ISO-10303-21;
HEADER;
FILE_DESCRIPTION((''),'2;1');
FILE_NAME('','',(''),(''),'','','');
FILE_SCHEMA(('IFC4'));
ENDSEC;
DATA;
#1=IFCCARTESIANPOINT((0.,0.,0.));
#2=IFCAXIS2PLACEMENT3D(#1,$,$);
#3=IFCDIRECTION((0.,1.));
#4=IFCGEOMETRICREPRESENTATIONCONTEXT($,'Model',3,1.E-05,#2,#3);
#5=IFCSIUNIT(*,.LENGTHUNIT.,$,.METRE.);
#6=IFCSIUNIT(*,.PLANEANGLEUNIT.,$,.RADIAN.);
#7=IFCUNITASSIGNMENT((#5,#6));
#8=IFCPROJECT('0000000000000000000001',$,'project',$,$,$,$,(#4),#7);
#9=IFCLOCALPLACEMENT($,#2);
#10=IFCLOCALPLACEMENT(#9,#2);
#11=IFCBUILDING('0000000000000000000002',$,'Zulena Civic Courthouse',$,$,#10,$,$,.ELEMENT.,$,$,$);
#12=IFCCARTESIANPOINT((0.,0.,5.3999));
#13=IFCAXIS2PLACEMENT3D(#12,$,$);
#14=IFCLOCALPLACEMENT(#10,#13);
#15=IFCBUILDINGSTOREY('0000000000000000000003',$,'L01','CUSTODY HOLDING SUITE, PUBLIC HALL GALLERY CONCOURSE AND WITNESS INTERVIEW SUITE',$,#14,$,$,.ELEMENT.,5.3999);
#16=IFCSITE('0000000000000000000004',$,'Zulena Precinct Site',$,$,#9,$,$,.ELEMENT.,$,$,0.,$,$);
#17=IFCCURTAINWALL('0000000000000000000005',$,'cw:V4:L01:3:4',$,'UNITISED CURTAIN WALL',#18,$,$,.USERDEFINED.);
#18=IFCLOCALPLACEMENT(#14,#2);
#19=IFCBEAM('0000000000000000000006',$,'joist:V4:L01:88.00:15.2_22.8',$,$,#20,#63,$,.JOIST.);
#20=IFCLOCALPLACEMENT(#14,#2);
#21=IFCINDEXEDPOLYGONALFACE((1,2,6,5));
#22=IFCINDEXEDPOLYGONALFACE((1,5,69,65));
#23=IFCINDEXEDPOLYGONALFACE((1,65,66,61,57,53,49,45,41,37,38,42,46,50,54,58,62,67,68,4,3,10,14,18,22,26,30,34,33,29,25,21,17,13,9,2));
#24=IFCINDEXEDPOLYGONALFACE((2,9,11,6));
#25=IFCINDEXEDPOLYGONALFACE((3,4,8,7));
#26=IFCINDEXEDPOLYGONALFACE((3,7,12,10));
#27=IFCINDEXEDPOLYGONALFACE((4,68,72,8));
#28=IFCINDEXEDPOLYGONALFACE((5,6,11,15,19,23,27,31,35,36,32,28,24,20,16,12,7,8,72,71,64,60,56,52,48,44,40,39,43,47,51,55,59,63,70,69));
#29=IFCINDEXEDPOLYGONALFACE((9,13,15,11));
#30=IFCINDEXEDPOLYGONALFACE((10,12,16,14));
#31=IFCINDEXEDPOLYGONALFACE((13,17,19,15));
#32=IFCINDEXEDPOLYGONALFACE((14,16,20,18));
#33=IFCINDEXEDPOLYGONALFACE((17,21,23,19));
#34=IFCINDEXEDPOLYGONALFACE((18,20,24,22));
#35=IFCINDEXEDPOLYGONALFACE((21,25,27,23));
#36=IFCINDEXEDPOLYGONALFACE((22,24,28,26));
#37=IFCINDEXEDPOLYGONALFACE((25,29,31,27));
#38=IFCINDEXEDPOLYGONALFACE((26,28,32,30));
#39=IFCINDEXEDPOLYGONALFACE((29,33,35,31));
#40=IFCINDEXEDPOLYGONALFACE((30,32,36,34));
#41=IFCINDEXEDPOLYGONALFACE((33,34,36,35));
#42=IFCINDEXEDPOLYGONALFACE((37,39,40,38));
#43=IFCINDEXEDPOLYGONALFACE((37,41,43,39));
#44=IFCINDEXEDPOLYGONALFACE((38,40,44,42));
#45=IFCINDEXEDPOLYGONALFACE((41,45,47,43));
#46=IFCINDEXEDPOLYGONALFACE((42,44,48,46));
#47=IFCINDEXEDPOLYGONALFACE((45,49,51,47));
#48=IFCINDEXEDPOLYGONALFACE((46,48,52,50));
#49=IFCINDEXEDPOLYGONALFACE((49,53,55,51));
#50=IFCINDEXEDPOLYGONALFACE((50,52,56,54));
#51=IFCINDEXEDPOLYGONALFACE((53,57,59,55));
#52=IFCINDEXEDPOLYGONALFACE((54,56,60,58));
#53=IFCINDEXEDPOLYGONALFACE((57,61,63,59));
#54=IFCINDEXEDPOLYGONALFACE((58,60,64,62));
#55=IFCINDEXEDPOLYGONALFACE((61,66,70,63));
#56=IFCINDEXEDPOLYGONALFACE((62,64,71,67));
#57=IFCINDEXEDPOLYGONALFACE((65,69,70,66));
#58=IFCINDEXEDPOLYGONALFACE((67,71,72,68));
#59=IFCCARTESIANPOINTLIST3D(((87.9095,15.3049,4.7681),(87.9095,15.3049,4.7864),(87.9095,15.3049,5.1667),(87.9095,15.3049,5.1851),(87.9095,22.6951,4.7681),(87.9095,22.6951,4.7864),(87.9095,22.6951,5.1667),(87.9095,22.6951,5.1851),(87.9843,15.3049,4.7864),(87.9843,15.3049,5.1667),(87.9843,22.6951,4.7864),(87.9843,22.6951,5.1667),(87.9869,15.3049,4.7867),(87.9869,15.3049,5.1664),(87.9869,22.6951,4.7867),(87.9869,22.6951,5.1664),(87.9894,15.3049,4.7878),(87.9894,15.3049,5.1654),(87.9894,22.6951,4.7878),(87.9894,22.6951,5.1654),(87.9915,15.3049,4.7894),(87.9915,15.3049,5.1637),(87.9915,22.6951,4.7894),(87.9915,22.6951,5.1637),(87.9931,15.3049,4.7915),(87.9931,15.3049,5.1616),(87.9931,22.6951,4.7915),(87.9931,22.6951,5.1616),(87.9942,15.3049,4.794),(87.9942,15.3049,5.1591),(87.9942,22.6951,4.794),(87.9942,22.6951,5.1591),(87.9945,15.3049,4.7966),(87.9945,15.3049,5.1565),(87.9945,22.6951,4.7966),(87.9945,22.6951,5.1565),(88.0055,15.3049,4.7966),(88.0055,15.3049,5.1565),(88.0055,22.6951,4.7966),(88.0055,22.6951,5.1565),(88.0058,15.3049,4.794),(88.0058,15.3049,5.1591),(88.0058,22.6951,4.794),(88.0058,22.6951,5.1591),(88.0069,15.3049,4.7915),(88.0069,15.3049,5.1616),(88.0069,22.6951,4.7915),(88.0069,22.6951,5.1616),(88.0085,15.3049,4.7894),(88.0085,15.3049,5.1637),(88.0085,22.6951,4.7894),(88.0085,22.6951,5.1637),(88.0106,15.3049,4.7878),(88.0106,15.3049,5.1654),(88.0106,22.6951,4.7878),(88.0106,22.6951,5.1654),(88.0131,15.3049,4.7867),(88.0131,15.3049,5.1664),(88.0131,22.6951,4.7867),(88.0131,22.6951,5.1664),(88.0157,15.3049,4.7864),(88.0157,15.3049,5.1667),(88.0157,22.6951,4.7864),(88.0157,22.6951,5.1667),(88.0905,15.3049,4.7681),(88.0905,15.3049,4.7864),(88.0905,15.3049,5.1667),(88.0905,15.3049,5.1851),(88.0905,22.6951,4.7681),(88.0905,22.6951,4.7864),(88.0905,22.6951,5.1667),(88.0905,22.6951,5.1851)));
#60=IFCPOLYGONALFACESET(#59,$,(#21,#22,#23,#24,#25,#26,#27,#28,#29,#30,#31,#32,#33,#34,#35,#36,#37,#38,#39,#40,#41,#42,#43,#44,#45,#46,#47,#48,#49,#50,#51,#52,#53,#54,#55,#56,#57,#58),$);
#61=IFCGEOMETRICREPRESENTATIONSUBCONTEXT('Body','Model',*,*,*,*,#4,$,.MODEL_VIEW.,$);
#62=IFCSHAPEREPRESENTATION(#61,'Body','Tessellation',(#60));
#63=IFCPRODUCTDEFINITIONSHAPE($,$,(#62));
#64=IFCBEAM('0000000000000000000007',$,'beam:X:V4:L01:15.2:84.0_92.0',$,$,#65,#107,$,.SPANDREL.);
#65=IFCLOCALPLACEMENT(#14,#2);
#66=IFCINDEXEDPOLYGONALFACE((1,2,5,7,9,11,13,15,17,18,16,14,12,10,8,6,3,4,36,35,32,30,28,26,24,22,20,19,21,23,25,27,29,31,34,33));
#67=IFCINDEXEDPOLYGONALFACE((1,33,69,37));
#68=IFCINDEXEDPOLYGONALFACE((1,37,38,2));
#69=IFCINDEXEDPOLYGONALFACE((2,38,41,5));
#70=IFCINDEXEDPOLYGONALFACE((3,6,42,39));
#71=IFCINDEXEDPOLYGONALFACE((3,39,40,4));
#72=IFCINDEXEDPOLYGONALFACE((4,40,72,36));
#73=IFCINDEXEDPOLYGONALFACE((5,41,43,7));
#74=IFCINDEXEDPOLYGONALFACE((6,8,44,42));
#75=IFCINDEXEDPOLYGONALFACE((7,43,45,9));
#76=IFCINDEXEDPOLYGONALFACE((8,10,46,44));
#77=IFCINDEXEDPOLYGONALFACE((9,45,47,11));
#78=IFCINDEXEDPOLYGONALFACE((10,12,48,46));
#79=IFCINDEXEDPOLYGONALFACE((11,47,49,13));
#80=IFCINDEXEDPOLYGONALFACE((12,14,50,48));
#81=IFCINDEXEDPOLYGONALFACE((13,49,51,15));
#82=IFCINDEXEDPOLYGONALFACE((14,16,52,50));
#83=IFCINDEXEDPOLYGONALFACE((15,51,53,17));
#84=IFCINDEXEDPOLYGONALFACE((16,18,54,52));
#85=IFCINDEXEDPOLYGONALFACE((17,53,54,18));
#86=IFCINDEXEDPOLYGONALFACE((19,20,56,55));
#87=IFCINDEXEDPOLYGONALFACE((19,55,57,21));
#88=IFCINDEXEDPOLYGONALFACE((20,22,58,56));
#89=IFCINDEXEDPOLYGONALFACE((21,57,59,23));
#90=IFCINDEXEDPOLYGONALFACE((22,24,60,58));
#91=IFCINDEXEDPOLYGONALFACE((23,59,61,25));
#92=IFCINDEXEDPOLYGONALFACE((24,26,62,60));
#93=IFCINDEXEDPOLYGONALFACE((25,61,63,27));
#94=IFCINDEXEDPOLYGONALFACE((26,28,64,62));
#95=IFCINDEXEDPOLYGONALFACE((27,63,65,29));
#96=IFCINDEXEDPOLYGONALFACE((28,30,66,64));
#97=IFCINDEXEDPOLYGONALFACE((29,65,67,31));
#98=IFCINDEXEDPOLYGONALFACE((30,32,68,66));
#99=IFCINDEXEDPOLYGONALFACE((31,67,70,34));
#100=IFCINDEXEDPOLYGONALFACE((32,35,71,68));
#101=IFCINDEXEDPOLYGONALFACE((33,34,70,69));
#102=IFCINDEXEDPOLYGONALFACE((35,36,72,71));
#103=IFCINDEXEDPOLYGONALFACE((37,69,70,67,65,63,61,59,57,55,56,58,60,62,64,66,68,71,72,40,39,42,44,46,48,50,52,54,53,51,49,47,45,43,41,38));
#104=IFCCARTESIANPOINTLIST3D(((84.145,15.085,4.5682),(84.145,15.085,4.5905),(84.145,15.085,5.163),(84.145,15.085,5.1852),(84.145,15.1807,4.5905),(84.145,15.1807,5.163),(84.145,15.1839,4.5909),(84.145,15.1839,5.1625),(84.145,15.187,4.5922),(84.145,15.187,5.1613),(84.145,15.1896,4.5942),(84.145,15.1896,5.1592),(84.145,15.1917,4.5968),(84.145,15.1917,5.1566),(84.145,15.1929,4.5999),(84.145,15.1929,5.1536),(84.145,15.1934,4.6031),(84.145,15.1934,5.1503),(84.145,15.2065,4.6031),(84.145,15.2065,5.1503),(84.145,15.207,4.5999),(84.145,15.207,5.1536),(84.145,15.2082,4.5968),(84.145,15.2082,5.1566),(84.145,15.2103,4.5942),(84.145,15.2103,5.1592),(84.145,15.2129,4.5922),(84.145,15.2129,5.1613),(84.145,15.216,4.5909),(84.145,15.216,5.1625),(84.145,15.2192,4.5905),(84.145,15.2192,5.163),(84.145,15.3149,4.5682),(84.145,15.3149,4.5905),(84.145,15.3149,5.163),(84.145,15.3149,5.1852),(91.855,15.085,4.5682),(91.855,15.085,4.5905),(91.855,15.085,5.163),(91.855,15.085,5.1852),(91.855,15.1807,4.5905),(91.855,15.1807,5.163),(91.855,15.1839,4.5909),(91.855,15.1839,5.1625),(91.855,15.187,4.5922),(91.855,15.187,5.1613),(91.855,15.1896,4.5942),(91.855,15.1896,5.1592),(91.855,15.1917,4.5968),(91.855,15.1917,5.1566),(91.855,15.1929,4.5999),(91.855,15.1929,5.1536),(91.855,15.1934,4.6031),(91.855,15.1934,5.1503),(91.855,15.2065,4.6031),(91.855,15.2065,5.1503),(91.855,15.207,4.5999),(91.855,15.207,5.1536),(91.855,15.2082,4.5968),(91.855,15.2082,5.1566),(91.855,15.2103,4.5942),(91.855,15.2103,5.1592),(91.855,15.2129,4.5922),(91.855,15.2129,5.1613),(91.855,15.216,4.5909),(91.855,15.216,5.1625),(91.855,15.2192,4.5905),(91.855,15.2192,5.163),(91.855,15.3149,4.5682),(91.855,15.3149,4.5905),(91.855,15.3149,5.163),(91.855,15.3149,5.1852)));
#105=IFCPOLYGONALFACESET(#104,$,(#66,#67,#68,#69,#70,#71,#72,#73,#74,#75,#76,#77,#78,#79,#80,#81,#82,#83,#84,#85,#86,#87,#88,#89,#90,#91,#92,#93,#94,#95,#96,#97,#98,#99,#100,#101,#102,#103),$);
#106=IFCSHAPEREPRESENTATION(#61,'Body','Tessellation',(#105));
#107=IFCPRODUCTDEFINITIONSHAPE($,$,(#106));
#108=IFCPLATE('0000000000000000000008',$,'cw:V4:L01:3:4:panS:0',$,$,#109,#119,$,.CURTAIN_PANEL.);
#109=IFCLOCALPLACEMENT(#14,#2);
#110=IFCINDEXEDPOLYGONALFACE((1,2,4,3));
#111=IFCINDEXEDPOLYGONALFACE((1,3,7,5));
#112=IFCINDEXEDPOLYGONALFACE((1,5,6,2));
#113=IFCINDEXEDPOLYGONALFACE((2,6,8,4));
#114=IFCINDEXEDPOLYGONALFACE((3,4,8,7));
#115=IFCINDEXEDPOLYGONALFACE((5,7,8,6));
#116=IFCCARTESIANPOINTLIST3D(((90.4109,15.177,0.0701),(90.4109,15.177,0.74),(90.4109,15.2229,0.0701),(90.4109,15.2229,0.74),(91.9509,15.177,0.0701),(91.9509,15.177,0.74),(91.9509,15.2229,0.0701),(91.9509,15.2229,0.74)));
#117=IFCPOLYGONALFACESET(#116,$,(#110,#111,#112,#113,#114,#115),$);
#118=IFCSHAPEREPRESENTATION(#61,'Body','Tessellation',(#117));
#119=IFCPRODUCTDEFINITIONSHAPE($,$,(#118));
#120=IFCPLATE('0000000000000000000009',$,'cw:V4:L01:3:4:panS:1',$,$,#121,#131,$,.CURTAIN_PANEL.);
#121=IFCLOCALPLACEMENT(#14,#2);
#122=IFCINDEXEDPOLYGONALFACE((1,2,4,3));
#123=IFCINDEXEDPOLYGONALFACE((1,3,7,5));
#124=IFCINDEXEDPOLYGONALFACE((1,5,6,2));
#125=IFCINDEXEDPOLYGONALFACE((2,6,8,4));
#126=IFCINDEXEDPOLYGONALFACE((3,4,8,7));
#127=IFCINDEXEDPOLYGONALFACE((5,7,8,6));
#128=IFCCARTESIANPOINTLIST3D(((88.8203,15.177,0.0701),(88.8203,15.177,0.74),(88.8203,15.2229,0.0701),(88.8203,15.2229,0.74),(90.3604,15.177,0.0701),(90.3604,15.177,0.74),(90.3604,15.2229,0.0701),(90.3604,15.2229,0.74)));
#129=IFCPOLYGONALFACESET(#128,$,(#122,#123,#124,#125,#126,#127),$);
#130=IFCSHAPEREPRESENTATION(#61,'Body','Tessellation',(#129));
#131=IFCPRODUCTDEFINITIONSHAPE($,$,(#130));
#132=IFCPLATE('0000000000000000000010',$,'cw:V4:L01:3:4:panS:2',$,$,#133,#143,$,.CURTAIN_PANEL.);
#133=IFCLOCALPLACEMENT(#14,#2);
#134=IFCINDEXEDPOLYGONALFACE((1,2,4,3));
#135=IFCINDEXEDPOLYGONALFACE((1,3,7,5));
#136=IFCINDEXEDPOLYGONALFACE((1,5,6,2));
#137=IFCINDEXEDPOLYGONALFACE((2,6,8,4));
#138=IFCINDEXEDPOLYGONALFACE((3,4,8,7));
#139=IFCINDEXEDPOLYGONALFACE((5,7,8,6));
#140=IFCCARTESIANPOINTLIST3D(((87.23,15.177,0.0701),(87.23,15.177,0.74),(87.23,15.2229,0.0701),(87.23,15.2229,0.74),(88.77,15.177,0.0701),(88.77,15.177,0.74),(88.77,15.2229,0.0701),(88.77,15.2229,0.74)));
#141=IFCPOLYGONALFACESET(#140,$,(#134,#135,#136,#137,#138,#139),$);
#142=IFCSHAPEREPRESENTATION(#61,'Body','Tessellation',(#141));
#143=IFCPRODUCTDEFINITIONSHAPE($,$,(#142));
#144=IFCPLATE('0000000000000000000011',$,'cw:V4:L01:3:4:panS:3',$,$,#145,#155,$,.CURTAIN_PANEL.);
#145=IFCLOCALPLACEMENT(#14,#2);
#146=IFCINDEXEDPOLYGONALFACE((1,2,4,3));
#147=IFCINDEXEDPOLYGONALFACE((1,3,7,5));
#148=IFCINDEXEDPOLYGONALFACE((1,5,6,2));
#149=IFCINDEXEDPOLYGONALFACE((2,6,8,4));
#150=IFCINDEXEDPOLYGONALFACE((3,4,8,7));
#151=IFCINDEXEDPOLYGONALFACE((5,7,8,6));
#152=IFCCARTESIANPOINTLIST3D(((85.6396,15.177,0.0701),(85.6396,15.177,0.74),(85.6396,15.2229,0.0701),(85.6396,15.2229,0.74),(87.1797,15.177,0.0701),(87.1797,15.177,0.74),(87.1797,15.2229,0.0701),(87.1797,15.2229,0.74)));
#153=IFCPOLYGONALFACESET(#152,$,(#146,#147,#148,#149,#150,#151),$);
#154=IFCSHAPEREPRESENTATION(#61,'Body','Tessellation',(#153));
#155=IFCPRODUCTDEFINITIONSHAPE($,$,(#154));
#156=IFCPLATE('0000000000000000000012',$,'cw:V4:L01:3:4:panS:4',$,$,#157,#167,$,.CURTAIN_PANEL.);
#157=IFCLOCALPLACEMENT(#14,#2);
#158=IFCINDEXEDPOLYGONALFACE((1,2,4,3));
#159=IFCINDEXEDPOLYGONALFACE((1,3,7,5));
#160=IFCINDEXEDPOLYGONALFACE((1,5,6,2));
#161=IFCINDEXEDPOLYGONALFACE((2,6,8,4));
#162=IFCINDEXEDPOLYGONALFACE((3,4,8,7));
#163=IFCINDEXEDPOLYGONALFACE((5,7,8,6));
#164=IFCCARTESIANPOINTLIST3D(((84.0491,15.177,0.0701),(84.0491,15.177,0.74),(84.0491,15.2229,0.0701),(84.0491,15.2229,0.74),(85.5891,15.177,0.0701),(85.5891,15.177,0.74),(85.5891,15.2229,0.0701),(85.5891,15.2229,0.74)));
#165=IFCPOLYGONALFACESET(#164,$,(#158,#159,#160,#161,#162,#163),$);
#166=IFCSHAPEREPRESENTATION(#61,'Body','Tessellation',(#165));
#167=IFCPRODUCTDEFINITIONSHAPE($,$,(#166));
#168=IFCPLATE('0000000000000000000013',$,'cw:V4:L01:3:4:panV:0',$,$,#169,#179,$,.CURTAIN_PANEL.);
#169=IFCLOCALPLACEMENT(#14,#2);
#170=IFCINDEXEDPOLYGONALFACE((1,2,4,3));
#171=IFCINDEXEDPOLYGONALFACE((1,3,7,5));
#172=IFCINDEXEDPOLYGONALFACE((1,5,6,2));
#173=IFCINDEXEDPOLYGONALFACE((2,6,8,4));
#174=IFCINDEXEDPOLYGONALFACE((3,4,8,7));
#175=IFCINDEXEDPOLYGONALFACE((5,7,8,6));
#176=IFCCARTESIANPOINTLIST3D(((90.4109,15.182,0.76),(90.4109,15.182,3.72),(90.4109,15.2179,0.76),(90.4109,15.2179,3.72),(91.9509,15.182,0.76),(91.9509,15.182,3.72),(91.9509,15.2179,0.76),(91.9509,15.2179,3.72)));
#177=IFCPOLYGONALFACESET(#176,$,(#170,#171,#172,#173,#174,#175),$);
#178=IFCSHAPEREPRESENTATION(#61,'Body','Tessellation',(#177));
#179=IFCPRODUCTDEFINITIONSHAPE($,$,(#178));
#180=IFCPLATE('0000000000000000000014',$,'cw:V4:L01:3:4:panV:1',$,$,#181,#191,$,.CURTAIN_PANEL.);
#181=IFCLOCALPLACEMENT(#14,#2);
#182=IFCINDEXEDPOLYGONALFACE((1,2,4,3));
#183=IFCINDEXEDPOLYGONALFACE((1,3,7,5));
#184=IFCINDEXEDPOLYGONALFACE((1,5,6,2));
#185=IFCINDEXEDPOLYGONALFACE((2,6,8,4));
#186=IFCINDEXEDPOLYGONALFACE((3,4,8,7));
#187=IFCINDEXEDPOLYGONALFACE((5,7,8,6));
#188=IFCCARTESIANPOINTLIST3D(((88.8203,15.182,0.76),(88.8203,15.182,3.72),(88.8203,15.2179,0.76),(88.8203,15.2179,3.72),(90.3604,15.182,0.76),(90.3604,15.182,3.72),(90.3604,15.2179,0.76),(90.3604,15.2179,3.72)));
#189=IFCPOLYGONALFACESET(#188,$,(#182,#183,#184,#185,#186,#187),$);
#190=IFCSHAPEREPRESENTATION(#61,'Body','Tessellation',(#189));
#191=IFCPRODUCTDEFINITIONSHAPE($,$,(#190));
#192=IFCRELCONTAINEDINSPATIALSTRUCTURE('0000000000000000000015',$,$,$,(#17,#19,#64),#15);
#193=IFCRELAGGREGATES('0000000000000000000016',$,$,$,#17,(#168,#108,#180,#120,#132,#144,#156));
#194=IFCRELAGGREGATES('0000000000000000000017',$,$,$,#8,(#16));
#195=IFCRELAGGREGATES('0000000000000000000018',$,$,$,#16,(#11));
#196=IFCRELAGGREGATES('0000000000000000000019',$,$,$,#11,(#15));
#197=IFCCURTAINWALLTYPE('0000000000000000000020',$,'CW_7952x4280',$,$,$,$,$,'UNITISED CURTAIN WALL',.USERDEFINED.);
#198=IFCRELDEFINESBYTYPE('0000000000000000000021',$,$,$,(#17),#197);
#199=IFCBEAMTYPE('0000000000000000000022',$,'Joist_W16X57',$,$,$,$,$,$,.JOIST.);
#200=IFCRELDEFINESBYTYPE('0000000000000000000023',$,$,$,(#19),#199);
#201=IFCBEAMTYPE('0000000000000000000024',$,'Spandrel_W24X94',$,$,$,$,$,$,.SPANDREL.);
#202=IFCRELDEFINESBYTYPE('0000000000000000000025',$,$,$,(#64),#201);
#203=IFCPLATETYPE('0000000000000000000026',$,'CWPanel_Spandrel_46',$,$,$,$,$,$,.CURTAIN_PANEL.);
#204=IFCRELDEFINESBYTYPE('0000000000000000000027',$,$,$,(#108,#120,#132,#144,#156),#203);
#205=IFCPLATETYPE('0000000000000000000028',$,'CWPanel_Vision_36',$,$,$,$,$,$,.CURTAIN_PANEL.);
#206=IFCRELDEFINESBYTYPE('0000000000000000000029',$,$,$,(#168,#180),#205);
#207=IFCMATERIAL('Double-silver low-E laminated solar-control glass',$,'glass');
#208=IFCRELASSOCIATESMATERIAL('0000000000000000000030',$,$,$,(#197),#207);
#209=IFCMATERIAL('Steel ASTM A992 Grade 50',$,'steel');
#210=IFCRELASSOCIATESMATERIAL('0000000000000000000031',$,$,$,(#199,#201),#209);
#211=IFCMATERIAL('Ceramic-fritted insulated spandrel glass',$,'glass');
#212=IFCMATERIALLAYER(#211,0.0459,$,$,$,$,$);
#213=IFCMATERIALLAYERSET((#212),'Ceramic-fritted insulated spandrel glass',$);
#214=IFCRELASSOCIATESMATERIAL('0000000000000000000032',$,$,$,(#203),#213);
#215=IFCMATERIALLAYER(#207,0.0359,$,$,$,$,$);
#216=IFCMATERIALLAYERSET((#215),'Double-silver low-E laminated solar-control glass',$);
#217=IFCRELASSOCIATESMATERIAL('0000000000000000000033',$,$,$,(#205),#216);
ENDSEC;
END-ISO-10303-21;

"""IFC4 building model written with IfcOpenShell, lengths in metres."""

from ifc_helpers import new_model, si_unit, direction, frame, origin, origin_2d, place, context, subcontext, project, spatial, rectangle, i_section, extrude, material, layer, layer_set, material_profile, profile_set, type_object, element, aggregate, save


model = new_model("IFC4")

# Units and contexts
model_context = context("Model", 3, precision=1e-05, world=origin(), true_north=direction((0.0, 1.0)))
body_context = subcontext(model_context, "Body", "Model", "MODEL_VIEW")
ifc_project = project(units=[si_unit("LENGTHUNIT", "METRE"), si_unit("PLANEANGLEUNIT", "RADIAN")], contexts=[model_context])

# Site, building, storey
site_placement = place(None, origin())
site = spatial("IfcSite", under=ifc_project, at=site_placement, Name="Zulena Precinct Site", CompositionType="ELEMENT", RefElevation=0.0)
building_placement = place(site_placement, origin())
building = spatial("IfcBuilding", under=site, at=building_placement, Name="Zulena Civic Courthouse", CompositionType="ELEMENT")
storey_placement = place(building_placement, frame((0.0, 0.0, 5.3999)))
storey = spatial("IfcBuildingStorey", under=building, at=storey_placement, Name="L01", Description="CUSTODY HOLDING SUITE, PUBLIC HALL GALLERY CONCOURSE AND WITNESS INTERVIEW SUITE", CompositionType="ELEMENT", Elevation=5.3999)

# Curtain wall
ifc_material_1 = material(Name="Double-silver low-E laminated solar-control glass", Category="glass")
curtain_wall_type = type_object("IfcCurtainWallType", Name="CW_7952x4280", ElementType="UNITISED CURTAIN WALL", PredefinedType="USERDEFINED", material=ifc_material_1)
curtain_wall_placement = place(storey_placement, origin())
curtain_wall = element("IfcCurtainWall", 1, at=curtain_wall_placement, inside=storey, type_object=curtain_wall_type, Name="cw:V4:L01:3:4", ObjectType="UNITISED CURTAIN WALL", PredefinedType="USERDEFINED")

# Beams
ifc_material_2 = material(Name="Steel ASTM A992 Grade 50", Category="steel")
ifc_material_profile_1 = material_profile(ifc_material_2, i_section(OverallWidth=0.1809, OverallDepth=0.417, WebThickness=0.011, FlangeThickness=0.0183, FilletRadius=0.0103, at=origin_2d()), Name="W16X57")
ifc_profile_set_1 = profile_set([ifc_material_profile_1], Name="Steel ASTM A992 Grade 50")
beam_type_1 = type_object("IfcBeamType", Name="Joist_W16X57", PredefinedType="JOIST", material=ifc_profile_set_1)
beam_1_placement = place(storey_placement, frame((88.0, 15.3049, 4.9766), z_axis=(0.0, 1.0, 0.0), x_axis=(-1.0, 0.0, 0.0)))
element("IfcBeam", 2, at=beam_1_placement, inside=storey, type_object=beam_type_1, Name="joist:V4:L01:88.00:15.2_22.8", PredefinedType="JOIST", context=body_context, shape_type="SweptSolid", body=[
    extrude(i_section(OverallWidth=0.1809, OverallDepth=0.417, WebThickness=0.011, FlangeThickness=0.0183, FilletRadius=0.0103, at=origin_2d()), origin(), (0.0, 0.0, 1.0), 7.3901),
])
ifc_material_profile_2 = material_profile(ifc_material_2, i_section(OverallWidth=0.23, OverallDepth=0.6169, WebThickness=0.0132, FlangeThickness=0.0222, FilletRadius=0.0127, at=origin_2d()), Name="W24X94")
ifc_profile_set_2 = profile_set([ifc_material_profile_2], Name="Steel ASTM A992 Grade 50")
beam_type_2 = type_object("IfcBeamType", Name="Spandrel_W24X94", PredefinedType="SPANDREL", material=ifc_profile_set_2)
beam_2_placement = place(storey_placement, frame((84.145, 15.2, 4.8767), z_axis=(1.0, 0.0, 0.0), x_axis=(0.0, 1.0, 0.0)))
element("IfcBeam", 3, at=beam_2_placement, inside=storey, type_object=beam_type_2, Name="beam:X:V4:L01:15.2:84.0_92.0", PredefinedType="SPANDREL", context=body_context, shape_type="SweptSolid", body=[
    extrude(i_section(OverallWidth=0.23, OverallDepth=0.6169, WebThickness=0.0132, FlangeThickness=0.0222, FilletRadius=0.0127, at=origin_2d()), origin(), (0.0, 0.0, 1.0), 7.71),
])

# Plates
ifc_material_3 = material(Name="Ceramic-fritted insulated spandrel glass", Category="glass")
ifc_layer_1 = layer(ifc_material_3, 0.0459)
ifc_layer_set_1 = layer_set([ifc_layer_1], Name="Ceramic-fritted insulated spandrel glass")
plate_type_1 = type_object("IfcPlateType", Name="CWPanel_Spandrel_46", PredefinedType="CURTAIN_PANEL", material=ifc_layer_set_1)
plate_1_placement = place(storey_placement, frame((91.1809, 15.2, 0.0701), z_axis=(0.0, 0.0, 1.0), x_axis=(-1.0, 0.0, 0.0)))
plate_1 = element("IfcPlate", 4, at=plate_1_placement, type_object=plate_type_1, Name="cw:V4:L01:3:4:panS:0", PredefinedType="CURTAIN_PANEL", context=body_context, shape_type="SweptSolid", body=[
    extrude(rectangle(XDim=1.54, YDim=0.0459, at=origin_2d()), origin(), (0.0, 0.0, 1.0), 0.6699),
])
plate_2_placement = place(storey_placement, frame((89.5903, 15.2, 0.0701), z_axis=(0.0, 0.0, 1.0), x_axis=(-1.0, 0.0, 0.0)))
plate_2 = element("IfcPlate", 5, at=plate_2_placement, type_object=plate_type_1, Name="cw:V4:L01:3:4:panS:1", PredefinedType="CURTAIN_PANEL", context=body_context, shape_type="SweptSolid", body=[
    extrude(rectangle(XDim=1.54, YDim=0.0459, at=origin_2d()), origin(), (0.0, 0.0, 1.0), 0.6699),
])
plate_3_placement = place(storey_placement, frame((88.0, 15.2, 0.0701), z_axis=(0.0, 0.0, 1.0), x_axis=(-1.0, 0.0, 0.0)))
plate_3 = element("IfcPlate", 6, at=plate_3_placement, type_object=plate_type_1, Name="cw:V4:L01:3:4:panS:2", PredefinedType="CURTAIN_PANEL", context=body_context, shape_type="SweptSolid", body=[
    extrude(rectangle(XDim=1.54, YDim=0.0459, at=origin_2d()), origin(), (0.0, 0.0, 1.0), 0.6699),
])
plate_4_placement = place(storey_placement, frame((86.4097, 15.2, 0.0701), z_axis=(0.0, 0.0, 1.0), x_axis=(-1.0, 0.0, 0.0)))
plate_4 = element("IfcPlate", 7, at=plate_4_placement, type_object=plate_type_1, Name="cw:V4:L01:3:4:panS:3", PredefinedType="CURTAIN_PANEL", context=body_context, shape_type="SweptSolid", body=[
    extrude(rectangle(XDim=1.54, YDim=0.0459, at=origin_2d()), origin(), (0.0, 0.0, 1.0), 0.6699),
])
plate_5_placement = place(storey_placement, frame((84.8191, 15.2, 0.0701), z_axis=(0.0, 0.0, 1.0), x_axis=(-1.0, 0.0, 0.0)))
plate_5 = element("IfcPlate", 8, at=plate_5_placement, type_object=plate_type_1, Name="cw:V4:L01:3:4:panS:4", PredefinedType="CURTAIN_PANEL", context=body_context, shape_type="SweptSolid", body=[
    extrude(rectangle(XDim=1.54, YDim=0.0459, at=origin_2d()), origin(), (0.0, 0.0, 1.0), 0.6699),
])
ifc_layer_2 = layer(ifc_material_1, 0.0359)
ifc_layer_set_2 = layer_set([ifc_layer_2], Name="Double-silver low-E laminated solar-control glass")
plate_type_2 = type_object("IfcPlateType", Name="CWPanel_Vision_36", PredefinedType="CURTAIN_PANEL", material=ifc_layer_set_2)
plate_6_placement = place(storey_placement, frame((91.1809, 15.2, 0.76), z_axis=(0.0, 0.0, 1.0), x_axis=(-1.0, 0.0, 0.0)))
plate_6 = element("IfcPlate", 9, at=plate_6_placement, type_object=plate_type_2, Name="cw:V4:L01:3:4:panV:0", PredefinedType="CURTAIN_PANEL", context=body_context, shape_type="SweptSolid", body=[
    extrude(rectangle(XDim=1.54, YDim=0.0359, at=origin_2d()), origin(), (0.0, 0.0, 1.0), 2.96),
])
plate_7_placement = place(storey_placement, frame((89.5903, 15.2, 0.76), z_axis=(0.0, 0.0, 1.0), x_axis=(-1.0, 0.0, 0.0)))
plate_7 = element("IfcPlate", 10, at=plate_7_placement, type_object=plate_type_2, Name="cw:V4:L01:3:4:panV:1", PredefinedType="CURTAIN_PANEL", context=body_context, shape_type="SweptSolid", body=[
    extrude(rectangle(XDim=1.54, YDim=0.0359, at=origin_2d()), origin(), (0.0, 0.0, 1.0), 2.96),
])
aggregate(curtain_wall, [plate_6, plate_1, plate_7, plate_2, plate_3, plate_4, plate_5])

save(model, "model.ifc")
